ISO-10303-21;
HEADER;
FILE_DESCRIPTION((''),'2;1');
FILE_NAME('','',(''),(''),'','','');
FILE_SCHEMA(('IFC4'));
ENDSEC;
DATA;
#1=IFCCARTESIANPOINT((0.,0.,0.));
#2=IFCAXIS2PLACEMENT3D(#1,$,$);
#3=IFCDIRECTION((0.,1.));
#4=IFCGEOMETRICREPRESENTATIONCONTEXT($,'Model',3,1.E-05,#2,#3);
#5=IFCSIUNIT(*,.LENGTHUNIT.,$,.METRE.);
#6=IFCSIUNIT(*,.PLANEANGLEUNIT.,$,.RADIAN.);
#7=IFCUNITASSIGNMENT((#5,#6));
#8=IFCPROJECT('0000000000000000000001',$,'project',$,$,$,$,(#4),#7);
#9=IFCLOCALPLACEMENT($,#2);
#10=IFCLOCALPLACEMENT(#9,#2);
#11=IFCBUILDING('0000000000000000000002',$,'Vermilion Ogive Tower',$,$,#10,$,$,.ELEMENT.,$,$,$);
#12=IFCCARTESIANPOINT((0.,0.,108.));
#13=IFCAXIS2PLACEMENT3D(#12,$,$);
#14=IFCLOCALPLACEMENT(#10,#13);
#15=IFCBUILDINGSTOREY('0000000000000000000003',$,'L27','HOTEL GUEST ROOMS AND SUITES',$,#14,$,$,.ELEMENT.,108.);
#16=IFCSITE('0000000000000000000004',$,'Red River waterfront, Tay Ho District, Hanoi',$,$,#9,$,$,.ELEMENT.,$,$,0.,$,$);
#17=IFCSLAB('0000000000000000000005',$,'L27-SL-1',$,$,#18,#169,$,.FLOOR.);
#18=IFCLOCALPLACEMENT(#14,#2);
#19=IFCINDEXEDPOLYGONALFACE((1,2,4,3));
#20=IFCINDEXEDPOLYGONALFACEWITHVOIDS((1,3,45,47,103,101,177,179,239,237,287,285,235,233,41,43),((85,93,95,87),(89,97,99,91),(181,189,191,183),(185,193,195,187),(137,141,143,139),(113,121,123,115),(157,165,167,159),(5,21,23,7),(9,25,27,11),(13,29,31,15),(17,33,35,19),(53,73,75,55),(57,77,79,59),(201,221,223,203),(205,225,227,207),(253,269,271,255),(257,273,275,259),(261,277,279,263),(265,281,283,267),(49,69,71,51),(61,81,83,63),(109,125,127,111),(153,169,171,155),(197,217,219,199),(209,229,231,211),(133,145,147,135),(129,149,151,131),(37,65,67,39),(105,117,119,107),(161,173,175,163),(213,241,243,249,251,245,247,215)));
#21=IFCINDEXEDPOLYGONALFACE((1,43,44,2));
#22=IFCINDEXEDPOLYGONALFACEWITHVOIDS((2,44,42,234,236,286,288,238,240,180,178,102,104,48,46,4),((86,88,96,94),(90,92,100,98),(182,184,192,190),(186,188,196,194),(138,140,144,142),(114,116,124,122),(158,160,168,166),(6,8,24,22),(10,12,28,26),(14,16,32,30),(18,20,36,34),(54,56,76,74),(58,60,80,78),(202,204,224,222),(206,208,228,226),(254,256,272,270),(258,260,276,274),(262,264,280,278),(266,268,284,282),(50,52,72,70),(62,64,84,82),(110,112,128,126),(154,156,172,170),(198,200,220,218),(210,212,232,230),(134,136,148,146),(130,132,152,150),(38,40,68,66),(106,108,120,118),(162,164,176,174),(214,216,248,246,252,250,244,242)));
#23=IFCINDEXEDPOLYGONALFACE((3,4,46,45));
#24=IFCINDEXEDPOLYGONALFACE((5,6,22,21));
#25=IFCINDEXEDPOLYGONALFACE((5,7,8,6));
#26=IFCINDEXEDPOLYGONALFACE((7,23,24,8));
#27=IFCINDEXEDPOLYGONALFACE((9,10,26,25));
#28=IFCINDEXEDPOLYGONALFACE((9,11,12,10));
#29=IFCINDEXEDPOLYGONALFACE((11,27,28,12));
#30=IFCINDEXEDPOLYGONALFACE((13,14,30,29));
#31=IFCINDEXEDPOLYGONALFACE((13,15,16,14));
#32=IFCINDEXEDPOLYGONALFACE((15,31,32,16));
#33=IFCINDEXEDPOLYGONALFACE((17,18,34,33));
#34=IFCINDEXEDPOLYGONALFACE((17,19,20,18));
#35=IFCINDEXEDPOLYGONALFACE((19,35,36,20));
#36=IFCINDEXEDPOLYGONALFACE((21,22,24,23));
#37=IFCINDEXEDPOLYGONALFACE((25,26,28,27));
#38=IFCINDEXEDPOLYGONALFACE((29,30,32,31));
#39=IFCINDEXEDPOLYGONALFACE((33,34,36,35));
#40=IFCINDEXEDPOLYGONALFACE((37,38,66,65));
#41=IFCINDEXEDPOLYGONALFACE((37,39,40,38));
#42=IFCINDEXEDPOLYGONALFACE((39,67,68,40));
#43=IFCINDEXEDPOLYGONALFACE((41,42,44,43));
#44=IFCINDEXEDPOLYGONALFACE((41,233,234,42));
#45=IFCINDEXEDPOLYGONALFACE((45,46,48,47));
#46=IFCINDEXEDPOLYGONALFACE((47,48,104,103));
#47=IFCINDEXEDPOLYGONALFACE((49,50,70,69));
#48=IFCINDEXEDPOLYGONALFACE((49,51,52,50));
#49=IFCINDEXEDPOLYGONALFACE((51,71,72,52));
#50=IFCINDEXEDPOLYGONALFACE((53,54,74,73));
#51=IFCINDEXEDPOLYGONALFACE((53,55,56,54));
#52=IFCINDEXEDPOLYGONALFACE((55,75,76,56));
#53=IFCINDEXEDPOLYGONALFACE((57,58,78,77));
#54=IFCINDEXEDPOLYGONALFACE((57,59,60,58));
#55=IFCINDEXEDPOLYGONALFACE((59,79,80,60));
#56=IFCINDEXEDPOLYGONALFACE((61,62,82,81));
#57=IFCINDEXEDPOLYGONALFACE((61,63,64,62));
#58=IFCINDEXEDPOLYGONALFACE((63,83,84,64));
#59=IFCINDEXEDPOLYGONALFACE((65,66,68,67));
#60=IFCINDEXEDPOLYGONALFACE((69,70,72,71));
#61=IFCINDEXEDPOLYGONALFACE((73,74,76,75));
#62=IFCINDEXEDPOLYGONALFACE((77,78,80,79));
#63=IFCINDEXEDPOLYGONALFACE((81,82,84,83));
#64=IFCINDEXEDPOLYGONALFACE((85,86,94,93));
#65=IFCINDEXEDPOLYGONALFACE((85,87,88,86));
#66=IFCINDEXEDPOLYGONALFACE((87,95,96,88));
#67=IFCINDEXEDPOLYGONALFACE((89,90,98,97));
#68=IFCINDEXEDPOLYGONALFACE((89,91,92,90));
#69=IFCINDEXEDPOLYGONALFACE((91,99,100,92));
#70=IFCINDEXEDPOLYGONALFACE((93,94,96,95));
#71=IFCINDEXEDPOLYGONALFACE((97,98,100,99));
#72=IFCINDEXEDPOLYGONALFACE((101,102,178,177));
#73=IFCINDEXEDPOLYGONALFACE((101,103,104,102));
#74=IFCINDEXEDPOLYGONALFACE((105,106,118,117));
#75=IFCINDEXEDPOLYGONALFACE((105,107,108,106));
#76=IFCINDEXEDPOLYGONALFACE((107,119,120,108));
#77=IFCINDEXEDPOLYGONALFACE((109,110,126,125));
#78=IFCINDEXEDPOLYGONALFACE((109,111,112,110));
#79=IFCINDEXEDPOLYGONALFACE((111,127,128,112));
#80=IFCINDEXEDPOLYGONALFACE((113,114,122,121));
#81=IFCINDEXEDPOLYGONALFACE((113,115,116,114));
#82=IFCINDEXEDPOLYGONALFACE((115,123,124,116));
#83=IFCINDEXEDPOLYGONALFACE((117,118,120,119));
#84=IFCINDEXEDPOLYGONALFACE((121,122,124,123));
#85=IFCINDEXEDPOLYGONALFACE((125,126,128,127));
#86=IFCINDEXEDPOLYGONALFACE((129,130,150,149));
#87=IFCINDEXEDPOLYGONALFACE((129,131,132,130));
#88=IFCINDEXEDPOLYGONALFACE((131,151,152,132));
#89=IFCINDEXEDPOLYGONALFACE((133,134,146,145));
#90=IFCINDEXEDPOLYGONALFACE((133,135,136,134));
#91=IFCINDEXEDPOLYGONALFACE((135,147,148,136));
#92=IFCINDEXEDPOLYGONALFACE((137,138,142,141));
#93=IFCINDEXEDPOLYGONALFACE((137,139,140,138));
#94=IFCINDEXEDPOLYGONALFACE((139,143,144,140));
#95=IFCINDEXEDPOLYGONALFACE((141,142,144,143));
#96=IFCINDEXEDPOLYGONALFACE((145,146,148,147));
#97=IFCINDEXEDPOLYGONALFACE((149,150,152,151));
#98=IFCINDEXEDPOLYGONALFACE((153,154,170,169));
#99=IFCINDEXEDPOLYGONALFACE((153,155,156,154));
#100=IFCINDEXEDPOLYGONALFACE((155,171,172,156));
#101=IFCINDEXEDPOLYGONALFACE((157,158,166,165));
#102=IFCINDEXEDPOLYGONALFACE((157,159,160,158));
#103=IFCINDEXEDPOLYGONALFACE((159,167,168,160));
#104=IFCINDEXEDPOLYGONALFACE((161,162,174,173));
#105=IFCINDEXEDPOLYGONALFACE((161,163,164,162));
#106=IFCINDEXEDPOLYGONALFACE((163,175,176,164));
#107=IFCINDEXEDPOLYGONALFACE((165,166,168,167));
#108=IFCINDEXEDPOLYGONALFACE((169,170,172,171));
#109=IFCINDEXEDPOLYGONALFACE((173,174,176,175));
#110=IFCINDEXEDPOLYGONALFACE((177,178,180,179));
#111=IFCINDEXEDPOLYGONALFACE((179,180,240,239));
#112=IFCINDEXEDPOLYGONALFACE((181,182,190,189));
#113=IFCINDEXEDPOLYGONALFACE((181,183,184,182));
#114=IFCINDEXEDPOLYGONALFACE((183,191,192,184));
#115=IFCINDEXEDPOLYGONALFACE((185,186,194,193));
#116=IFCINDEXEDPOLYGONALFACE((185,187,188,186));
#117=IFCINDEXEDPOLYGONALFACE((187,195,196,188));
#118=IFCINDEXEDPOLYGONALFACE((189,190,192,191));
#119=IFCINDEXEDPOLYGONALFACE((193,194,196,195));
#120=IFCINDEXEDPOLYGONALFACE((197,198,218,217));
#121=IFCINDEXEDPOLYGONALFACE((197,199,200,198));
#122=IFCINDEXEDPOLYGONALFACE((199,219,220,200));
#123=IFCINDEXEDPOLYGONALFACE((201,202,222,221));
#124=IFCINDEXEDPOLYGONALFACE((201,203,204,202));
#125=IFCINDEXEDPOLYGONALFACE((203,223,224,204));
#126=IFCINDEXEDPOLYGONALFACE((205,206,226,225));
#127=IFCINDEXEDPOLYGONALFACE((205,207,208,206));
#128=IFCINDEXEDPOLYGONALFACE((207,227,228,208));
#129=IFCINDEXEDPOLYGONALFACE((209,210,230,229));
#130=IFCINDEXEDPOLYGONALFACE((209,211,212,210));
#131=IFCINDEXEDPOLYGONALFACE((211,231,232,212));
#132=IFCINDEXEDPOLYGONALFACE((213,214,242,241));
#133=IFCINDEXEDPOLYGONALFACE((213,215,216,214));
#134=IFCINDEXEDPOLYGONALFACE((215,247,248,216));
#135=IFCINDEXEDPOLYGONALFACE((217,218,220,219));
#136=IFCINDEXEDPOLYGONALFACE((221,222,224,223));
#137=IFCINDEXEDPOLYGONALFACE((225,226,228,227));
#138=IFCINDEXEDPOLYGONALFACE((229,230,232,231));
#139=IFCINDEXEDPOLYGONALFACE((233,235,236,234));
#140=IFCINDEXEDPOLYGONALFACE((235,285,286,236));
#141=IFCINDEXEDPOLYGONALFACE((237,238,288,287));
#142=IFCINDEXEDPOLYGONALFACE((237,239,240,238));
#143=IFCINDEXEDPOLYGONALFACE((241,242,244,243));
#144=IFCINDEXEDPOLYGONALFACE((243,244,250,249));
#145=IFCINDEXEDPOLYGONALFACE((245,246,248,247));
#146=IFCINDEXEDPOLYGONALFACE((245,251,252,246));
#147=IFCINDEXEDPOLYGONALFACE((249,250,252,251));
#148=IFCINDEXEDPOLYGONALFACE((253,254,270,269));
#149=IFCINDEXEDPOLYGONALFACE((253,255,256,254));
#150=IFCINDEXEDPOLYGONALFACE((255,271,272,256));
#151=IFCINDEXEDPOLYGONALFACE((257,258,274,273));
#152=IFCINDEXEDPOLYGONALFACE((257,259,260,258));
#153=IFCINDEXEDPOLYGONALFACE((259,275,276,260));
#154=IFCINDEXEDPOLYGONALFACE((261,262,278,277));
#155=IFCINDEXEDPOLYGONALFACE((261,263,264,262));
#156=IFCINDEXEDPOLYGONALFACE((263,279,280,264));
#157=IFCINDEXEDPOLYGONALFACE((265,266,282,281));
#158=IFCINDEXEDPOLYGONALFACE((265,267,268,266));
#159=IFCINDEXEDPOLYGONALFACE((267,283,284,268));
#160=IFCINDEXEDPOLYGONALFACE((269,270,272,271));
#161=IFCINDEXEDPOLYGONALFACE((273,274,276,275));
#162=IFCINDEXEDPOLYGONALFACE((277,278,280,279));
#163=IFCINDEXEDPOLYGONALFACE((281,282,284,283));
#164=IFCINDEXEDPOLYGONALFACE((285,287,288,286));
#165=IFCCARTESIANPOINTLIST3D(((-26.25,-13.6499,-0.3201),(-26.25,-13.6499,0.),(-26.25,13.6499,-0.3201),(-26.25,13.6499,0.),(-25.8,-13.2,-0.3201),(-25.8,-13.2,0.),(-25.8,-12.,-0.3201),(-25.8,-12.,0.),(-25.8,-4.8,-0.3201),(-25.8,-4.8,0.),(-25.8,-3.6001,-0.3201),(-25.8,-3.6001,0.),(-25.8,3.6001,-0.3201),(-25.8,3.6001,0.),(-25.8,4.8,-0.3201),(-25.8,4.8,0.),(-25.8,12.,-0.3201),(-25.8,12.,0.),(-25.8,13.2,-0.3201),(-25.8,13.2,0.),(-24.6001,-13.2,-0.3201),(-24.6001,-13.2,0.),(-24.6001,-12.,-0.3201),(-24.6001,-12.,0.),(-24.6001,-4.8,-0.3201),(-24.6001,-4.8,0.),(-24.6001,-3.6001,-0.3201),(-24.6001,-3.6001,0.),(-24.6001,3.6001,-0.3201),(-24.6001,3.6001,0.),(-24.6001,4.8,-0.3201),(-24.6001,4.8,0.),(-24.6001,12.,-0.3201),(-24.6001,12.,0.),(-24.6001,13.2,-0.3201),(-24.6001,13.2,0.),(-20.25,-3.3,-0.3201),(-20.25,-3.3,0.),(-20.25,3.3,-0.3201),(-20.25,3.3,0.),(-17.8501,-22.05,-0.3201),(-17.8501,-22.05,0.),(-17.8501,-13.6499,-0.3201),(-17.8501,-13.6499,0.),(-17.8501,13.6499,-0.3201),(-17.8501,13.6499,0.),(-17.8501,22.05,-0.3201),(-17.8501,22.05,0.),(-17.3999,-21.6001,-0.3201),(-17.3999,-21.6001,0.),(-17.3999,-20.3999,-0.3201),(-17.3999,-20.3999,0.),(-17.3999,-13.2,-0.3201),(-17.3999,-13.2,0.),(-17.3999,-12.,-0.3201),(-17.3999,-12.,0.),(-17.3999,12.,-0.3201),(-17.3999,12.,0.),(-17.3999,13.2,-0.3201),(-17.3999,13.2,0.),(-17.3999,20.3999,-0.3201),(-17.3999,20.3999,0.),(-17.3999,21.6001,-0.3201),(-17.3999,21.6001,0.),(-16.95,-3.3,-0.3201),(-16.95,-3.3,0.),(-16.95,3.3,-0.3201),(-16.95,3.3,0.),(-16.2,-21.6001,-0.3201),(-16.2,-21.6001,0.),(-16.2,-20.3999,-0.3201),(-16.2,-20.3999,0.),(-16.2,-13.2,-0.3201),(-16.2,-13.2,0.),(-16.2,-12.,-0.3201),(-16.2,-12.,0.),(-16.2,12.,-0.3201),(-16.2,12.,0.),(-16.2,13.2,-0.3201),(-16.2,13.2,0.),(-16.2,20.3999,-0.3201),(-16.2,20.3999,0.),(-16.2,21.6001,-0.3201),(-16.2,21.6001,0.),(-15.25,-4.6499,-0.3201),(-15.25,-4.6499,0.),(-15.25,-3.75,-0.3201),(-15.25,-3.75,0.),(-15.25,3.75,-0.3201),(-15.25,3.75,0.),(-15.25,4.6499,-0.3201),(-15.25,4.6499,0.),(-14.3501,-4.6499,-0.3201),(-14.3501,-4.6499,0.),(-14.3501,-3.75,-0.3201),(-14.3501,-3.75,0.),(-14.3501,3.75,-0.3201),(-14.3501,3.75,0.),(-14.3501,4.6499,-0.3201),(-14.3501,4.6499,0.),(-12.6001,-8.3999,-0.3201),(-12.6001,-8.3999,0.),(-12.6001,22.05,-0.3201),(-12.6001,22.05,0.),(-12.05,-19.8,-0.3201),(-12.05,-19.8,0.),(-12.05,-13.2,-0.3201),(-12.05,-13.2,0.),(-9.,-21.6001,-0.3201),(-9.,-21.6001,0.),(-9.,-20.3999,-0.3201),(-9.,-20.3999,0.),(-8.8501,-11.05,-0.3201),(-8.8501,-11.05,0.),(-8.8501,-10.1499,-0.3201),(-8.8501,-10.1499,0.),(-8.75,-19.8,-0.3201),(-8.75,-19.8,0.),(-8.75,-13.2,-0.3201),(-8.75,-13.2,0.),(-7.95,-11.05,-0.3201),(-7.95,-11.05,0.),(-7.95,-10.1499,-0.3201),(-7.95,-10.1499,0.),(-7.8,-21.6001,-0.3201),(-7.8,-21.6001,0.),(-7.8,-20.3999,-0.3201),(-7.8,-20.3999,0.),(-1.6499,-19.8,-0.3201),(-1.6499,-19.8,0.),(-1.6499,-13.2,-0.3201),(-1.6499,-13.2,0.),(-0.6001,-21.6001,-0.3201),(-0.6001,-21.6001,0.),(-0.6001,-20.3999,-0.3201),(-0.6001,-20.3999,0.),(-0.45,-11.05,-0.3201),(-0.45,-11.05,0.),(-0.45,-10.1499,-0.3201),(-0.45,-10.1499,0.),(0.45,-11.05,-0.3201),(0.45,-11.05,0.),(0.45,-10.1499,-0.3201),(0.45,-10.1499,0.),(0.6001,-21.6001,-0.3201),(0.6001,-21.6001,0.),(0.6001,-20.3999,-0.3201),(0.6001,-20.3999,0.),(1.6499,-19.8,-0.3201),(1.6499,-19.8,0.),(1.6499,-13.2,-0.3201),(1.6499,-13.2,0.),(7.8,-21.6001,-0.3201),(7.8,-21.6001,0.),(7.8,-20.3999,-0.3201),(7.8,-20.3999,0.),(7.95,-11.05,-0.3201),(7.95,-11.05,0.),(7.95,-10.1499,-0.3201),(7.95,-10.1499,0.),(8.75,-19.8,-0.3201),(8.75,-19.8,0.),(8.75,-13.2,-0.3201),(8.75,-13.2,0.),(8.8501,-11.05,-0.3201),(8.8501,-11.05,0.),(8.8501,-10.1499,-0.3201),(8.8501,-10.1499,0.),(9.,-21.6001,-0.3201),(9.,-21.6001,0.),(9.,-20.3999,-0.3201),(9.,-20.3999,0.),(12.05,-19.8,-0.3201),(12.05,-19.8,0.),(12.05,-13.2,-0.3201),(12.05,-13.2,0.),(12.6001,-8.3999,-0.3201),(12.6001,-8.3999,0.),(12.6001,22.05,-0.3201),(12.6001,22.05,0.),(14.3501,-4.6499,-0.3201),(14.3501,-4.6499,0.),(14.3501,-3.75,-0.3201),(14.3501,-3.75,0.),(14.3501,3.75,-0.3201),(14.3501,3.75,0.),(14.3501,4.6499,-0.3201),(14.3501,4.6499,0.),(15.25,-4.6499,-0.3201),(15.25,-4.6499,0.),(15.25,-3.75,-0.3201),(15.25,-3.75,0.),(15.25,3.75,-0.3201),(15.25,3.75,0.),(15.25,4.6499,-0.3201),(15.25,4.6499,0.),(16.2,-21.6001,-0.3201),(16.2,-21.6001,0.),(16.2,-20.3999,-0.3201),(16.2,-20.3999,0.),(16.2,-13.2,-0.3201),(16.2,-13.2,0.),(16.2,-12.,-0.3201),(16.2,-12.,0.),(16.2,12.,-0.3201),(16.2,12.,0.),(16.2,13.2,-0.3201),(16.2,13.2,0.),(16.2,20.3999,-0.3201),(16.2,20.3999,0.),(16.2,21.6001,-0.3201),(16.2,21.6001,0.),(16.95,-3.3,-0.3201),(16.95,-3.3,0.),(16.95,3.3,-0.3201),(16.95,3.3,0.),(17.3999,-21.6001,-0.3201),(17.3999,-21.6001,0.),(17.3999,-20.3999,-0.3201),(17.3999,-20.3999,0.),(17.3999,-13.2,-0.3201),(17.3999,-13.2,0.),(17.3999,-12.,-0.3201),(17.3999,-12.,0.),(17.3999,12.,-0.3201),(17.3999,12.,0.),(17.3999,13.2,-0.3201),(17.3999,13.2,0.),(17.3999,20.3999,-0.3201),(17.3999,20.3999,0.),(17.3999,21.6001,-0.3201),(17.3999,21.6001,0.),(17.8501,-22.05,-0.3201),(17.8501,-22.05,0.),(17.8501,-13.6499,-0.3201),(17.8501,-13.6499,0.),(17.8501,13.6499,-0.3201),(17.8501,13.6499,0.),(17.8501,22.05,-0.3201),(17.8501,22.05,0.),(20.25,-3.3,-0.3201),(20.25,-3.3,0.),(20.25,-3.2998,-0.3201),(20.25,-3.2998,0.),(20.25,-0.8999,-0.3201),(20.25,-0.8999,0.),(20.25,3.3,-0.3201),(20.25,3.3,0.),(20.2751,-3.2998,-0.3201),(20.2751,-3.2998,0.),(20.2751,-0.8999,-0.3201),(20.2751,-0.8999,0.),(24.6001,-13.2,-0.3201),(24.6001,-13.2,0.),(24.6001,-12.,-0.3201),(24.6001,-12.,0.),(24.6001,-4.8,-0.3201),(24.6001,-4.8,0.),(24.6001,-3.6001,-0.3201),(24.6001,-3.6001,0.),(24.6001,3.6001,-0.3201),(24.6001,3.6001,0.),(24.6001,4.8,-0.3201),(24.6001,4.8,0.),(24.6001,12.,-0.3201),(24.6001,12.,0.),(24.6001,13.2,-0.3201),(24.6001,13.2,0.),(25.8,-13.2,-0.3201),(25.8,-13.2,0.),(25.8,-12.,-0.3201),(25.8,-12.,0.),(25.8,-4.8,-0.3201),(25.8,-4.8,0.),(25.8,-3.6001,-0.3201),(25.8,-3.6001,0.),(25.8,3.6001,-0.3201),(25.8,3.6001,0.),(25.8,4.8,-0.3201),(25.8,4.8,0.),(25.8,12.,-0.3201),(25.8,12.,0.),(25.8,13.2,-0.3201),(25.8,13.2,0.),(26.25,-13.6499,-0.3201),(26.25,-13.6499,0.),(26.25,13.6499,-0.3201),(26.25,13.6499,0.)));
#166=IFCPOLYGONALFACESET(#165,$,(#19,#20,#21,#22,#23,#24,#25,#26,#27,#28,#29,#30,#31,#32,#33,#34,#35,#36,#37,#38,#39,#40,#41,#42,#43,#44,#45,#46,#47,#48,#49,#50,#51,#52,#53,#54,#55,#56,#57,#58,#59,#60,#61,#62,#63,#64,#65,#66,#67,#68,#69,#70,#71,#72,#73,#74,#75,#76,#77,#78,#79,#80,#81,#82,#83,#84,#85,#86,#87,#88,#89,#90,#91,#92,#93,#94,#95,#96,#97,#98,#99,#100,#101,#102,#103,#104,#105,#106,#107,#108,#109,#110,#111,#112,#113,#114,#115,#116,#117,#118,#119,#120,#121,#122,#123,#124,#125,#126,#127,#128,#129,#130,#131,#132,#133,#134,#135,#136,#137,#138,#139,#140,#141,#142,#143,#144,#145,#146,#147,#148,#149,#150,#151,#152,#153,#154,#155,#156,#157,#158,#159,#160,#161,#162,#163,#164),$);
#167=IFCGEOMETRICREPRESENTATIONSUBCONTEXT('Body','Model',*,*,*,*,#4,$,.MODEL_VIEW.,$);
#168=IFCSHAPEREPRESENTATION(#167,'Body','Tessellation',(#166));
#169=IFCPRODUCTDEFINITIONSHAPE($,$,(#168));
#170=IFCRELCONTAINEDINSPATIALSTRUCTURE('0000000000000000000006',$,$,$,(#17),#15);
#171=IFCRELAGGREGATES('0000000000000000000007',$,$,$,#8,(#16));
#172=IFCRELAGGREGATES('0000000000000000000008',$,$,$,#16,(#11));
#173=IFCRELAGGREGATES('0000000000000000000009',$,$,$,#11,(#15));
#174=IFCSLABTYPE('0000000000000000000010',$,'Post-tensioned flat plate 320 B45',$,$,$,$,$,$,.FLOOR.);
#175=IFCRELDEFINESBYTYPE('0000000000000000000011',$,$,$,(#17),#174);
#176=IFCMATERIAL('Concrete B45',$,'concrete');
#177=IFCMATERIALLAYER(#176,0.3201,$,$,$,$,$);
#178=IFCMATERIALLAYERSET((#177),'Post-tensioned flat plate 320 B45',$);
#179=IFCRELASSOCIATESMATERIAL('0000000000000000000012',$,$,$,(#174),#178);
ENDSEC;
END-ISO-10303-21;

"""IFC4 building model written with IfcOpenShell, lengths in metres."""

from ifc_helpers import new_model, si_unit, direction, frame, origin, place, context, subcontext, project, spatial, polyline, outline, extrude, material, layer, layer_set, type_object, element, save


model = new_model("IFC4")

# Units and contexts
model_context = context("Model", 3, precision=1e-05, world=origin(), true_north=direction((0.0, 1.0)))
body_context = subcontext(model_context, "Body", "Model", "MODEL_VIEW")
ifc_project = project(units=[si_unit("LENGTHUNIT", "METRE"), si_unit("PLANEANGLEUNIT", "RADIAN")], contexts=[model_context])

# Site, building, storey
site_placement = place(None, origin())
site = spatial("IfcSite", under=ifc_project, at=site_placement, Name="Red River waterfront, Tay Ho District, Hanoi", CompositionType="ELEMENT", RefElevation=0.0)
building_placement = place(site_placement, origin())
building = spatial("IfcBuilding", under=site, at=building_placement, Name="Vermilion Ogive Tower", CompositionType="ELEMENT")
storey_placement = place(building_placement, frame((0.0, 0.0, 108.0)))
storey = spatial("IfcBuildingStorey", under=building, at=storey_placement, Name="L27", Description="HOTEL GUEST ROOMS AND SUITES", CompositionType="ELEMENT", Elevation=108.0)

# Slab
ifc_material_1 = material(Name="Concrete B45", Category="concrete")
ifc_layer_1 = layer(ifc_material_1, 0.3201)
ifc_layer_set_1 = layer_set([ifc_layer_1], Name="Post-tensioned flat plate 320 B45")
slab_type_1 = type_object("IfcSlabType", Name="Post-tensioned flat plate 320 B45", PredefinedType="FLOOR", material=ifc_layer_set_1)
slab_1_placement = place(storey_placement, frame((0.0, 0.0, -0.3201)))
element("IfcSlab", 1, at=slab_1_placement, inside=storey, type_object=slab_type_1, Name="L27-SL-1", PredefinedType="FLOOR", context=body_context, shape_type="SweptSolid", body=[
    extrude(outline(polyline([(-26.25, -13.6499), (-17.8501, -13.6499), (-17.8501, -22.05), (17.8501, -22.05), (17.8501, -13.6499), (26.25, -13.6499), (26.25, 13.6499), (17.8501, 13.6499), (17.8501, 22.05), (12.6001, 22.05), (12.6001, -8.3999), (-12.6001, -8.3999), (-12.6001, 22.05), (-17.8501, 22.05), (-17.8501, 13.6499), (-26.25, 13.6499), (-26.25, -13.6499)]), holes=[polyline([(25.8, -3.6001), (25.8, -4.8), (24.6001, -4.8), (24.6001, -3.6001), (25.8, -3.6001)]), polyline([(25.8, -12.0), (25.8, -13.2), (24.6001, -13.2), (24.6001, -12.0), (25.8, -12.0)]), polyline([(25.8, 12.0), (24.6001, 12.0), (24.6001, 13.2), (25.8, 13.2), (25.8, 12.0)]), polyline([(25.8, 3.6001), (24.6001, 3.6001), (24.6001, 4.8), (25.8, 4.8), (25.8, 3.6001)]), polyline([(20.25, -3.2998), (20.25, -3.3), (16.95, -3.3), (16.95, 3.3), (20.25, 3.3), (20.25, -0.8999), (20.2751, -0.8999), (20.2751, -3.2998), (20.25, -3.2998)]), polyline([(17.3999, -12.0), (17.3999, -13.2), (16.2, -13.2), (16.2, -12.0), (17.3999, -12.0)]), polyline([(17.3999, 20.3999), (16.2, 20.3999), (16.2, 21.6001), (17.3999, 21.6001), (17.3999, 20.3999)]), polyline([(17.3999, -20.3999), (17.3999, -21.6001), (16.2, -21.6001), (16.2, -20.3999), (17.3999, -20.3999)]), polyline([(17.3999, 13.2), (17.3999, 12.0), (16.2, 12.0), (16.2, 13.2), (17.3999, 13.2)]), polyline([(15.25, 4.6499), (15.25, 3.75), (14.3501, 3.75), (14.3501, 4.6499), (15.25, 4.6499)]), polyline([(15.25, -4.6499), (14.3501, -4.6499), (14.3501, -3.75), (15.25, -3.75), (15.25, -4.6499)]), polyline([(12.05, -13.2), (12.05, -19.8), (8.75, -19.8), (8.75, -13.2), (12.05, -13.2)]), polyline([(9.0, -20.3999), (9.0, -21.6001), (7.8, -21.6001), (7.8, -20.3999), (9.0, -20.3999)]), polyline([(8.8501, -11.05), (7.95, -11.05), (7.95, -10.1499), (8.8501, -10.1499), (8.8501, -11.05)]), polyline([(1.6499, -13.2), (1.6499, -19.8), (-1.6499, -19.8), (-1.6499, -13.2), (1.6499, -13.2)]), polyline([(0.6001, -20.3999), (0.6001, -21.6001), (-0.6001, -21.6001), (-0.6001, -20.3999), (0.6001, -20.3999)]), polyline([(0.45, -10.1499), (0.45, -11.05), (-0.45, -11.05), (-0.45, -10.1499), (0.45, -10.1499)]), polyline([(-7.8, -20.3999), (-7.8, -21.6001), (-9.0, -21.6001), (-9.0, -20.3999), (-7.8, -20.3999)]), polyline([(-7.95, -10.1499), (-7.95, -11.05), (-8.8501, -11.05), (-8.8501, -10.1499), (-7.95, -10.1499)]), polyline([(-8.75, -13.2), (-8.75, -19.8), (-12.05, -19.8), (-12.05, -13.2), (-8.75, -13.2)]), polyline([(-14.3501, 4.6499), (-14.3501, 3.75), (-15.25, 3.75), (-15.25, 4.6499), (-14.3501, 4.6499)]), polyline([(-14.3501, -4.6499), (-15.25, -4.6499), (-15.25, -3.75), (-14.3501, -3.75), (-14.3501, -4.6499)]), polyline([(-16.2, 13.2), (-16.2, 12.0), (-17.3999, 12.0), (-17.3999, 13.2), (-16.2, 13.2)]), polyline([(-16.2, -12.0), (-16.2, -13.2), (-17.3999, -13.2), (-17.3999, -12.0), (-16.2, -12.0)]), polyline([(-16.2, -20.3999), (-16.2, -21.6001), (-17.3999, -21.6001), (-17.3999, -20.3999), (-16.2, -20.3999)]), polyline([(-16.2, 20.3999), (-17.3999, 20.3999), (-17.3999, 21.6001), (-16.2, 21.6001), (-16.2, 20.3999)]), polyline([(-16.95, 3.3), (-16.95, -3.3), (-20.25, -3.3), (-20.25, 3.3), (-16.95, 3.3)]), polyline([(-24.6001, 3.6001), (-25.8, 3.6001), (-25.8, 4.8), (-24.6001, 4.8), (-24.6001, 3.6001)]), polyline([(-24.6001, 13.2), (-24.6001, 12.0), (-25.8, 12.0), (-25.8, 13.2), (-24.6001, 13.2)]), polyline([(-24.6001, -3.6001), (-24.6001, -4.8), (-25.8, -4.8), (-25.8, -3.6001), (-24.6001, -3.6001)]), polyline([(-24.6001, -12.0), (-24.6001, -13.2), (-25.8, -13.2), (-25.8, -12.0), (-24.6001, -12.0)])]), origin(), (0.0, 0.0, 1.0), 0.3201),
])

save(model, "model.ifc")
